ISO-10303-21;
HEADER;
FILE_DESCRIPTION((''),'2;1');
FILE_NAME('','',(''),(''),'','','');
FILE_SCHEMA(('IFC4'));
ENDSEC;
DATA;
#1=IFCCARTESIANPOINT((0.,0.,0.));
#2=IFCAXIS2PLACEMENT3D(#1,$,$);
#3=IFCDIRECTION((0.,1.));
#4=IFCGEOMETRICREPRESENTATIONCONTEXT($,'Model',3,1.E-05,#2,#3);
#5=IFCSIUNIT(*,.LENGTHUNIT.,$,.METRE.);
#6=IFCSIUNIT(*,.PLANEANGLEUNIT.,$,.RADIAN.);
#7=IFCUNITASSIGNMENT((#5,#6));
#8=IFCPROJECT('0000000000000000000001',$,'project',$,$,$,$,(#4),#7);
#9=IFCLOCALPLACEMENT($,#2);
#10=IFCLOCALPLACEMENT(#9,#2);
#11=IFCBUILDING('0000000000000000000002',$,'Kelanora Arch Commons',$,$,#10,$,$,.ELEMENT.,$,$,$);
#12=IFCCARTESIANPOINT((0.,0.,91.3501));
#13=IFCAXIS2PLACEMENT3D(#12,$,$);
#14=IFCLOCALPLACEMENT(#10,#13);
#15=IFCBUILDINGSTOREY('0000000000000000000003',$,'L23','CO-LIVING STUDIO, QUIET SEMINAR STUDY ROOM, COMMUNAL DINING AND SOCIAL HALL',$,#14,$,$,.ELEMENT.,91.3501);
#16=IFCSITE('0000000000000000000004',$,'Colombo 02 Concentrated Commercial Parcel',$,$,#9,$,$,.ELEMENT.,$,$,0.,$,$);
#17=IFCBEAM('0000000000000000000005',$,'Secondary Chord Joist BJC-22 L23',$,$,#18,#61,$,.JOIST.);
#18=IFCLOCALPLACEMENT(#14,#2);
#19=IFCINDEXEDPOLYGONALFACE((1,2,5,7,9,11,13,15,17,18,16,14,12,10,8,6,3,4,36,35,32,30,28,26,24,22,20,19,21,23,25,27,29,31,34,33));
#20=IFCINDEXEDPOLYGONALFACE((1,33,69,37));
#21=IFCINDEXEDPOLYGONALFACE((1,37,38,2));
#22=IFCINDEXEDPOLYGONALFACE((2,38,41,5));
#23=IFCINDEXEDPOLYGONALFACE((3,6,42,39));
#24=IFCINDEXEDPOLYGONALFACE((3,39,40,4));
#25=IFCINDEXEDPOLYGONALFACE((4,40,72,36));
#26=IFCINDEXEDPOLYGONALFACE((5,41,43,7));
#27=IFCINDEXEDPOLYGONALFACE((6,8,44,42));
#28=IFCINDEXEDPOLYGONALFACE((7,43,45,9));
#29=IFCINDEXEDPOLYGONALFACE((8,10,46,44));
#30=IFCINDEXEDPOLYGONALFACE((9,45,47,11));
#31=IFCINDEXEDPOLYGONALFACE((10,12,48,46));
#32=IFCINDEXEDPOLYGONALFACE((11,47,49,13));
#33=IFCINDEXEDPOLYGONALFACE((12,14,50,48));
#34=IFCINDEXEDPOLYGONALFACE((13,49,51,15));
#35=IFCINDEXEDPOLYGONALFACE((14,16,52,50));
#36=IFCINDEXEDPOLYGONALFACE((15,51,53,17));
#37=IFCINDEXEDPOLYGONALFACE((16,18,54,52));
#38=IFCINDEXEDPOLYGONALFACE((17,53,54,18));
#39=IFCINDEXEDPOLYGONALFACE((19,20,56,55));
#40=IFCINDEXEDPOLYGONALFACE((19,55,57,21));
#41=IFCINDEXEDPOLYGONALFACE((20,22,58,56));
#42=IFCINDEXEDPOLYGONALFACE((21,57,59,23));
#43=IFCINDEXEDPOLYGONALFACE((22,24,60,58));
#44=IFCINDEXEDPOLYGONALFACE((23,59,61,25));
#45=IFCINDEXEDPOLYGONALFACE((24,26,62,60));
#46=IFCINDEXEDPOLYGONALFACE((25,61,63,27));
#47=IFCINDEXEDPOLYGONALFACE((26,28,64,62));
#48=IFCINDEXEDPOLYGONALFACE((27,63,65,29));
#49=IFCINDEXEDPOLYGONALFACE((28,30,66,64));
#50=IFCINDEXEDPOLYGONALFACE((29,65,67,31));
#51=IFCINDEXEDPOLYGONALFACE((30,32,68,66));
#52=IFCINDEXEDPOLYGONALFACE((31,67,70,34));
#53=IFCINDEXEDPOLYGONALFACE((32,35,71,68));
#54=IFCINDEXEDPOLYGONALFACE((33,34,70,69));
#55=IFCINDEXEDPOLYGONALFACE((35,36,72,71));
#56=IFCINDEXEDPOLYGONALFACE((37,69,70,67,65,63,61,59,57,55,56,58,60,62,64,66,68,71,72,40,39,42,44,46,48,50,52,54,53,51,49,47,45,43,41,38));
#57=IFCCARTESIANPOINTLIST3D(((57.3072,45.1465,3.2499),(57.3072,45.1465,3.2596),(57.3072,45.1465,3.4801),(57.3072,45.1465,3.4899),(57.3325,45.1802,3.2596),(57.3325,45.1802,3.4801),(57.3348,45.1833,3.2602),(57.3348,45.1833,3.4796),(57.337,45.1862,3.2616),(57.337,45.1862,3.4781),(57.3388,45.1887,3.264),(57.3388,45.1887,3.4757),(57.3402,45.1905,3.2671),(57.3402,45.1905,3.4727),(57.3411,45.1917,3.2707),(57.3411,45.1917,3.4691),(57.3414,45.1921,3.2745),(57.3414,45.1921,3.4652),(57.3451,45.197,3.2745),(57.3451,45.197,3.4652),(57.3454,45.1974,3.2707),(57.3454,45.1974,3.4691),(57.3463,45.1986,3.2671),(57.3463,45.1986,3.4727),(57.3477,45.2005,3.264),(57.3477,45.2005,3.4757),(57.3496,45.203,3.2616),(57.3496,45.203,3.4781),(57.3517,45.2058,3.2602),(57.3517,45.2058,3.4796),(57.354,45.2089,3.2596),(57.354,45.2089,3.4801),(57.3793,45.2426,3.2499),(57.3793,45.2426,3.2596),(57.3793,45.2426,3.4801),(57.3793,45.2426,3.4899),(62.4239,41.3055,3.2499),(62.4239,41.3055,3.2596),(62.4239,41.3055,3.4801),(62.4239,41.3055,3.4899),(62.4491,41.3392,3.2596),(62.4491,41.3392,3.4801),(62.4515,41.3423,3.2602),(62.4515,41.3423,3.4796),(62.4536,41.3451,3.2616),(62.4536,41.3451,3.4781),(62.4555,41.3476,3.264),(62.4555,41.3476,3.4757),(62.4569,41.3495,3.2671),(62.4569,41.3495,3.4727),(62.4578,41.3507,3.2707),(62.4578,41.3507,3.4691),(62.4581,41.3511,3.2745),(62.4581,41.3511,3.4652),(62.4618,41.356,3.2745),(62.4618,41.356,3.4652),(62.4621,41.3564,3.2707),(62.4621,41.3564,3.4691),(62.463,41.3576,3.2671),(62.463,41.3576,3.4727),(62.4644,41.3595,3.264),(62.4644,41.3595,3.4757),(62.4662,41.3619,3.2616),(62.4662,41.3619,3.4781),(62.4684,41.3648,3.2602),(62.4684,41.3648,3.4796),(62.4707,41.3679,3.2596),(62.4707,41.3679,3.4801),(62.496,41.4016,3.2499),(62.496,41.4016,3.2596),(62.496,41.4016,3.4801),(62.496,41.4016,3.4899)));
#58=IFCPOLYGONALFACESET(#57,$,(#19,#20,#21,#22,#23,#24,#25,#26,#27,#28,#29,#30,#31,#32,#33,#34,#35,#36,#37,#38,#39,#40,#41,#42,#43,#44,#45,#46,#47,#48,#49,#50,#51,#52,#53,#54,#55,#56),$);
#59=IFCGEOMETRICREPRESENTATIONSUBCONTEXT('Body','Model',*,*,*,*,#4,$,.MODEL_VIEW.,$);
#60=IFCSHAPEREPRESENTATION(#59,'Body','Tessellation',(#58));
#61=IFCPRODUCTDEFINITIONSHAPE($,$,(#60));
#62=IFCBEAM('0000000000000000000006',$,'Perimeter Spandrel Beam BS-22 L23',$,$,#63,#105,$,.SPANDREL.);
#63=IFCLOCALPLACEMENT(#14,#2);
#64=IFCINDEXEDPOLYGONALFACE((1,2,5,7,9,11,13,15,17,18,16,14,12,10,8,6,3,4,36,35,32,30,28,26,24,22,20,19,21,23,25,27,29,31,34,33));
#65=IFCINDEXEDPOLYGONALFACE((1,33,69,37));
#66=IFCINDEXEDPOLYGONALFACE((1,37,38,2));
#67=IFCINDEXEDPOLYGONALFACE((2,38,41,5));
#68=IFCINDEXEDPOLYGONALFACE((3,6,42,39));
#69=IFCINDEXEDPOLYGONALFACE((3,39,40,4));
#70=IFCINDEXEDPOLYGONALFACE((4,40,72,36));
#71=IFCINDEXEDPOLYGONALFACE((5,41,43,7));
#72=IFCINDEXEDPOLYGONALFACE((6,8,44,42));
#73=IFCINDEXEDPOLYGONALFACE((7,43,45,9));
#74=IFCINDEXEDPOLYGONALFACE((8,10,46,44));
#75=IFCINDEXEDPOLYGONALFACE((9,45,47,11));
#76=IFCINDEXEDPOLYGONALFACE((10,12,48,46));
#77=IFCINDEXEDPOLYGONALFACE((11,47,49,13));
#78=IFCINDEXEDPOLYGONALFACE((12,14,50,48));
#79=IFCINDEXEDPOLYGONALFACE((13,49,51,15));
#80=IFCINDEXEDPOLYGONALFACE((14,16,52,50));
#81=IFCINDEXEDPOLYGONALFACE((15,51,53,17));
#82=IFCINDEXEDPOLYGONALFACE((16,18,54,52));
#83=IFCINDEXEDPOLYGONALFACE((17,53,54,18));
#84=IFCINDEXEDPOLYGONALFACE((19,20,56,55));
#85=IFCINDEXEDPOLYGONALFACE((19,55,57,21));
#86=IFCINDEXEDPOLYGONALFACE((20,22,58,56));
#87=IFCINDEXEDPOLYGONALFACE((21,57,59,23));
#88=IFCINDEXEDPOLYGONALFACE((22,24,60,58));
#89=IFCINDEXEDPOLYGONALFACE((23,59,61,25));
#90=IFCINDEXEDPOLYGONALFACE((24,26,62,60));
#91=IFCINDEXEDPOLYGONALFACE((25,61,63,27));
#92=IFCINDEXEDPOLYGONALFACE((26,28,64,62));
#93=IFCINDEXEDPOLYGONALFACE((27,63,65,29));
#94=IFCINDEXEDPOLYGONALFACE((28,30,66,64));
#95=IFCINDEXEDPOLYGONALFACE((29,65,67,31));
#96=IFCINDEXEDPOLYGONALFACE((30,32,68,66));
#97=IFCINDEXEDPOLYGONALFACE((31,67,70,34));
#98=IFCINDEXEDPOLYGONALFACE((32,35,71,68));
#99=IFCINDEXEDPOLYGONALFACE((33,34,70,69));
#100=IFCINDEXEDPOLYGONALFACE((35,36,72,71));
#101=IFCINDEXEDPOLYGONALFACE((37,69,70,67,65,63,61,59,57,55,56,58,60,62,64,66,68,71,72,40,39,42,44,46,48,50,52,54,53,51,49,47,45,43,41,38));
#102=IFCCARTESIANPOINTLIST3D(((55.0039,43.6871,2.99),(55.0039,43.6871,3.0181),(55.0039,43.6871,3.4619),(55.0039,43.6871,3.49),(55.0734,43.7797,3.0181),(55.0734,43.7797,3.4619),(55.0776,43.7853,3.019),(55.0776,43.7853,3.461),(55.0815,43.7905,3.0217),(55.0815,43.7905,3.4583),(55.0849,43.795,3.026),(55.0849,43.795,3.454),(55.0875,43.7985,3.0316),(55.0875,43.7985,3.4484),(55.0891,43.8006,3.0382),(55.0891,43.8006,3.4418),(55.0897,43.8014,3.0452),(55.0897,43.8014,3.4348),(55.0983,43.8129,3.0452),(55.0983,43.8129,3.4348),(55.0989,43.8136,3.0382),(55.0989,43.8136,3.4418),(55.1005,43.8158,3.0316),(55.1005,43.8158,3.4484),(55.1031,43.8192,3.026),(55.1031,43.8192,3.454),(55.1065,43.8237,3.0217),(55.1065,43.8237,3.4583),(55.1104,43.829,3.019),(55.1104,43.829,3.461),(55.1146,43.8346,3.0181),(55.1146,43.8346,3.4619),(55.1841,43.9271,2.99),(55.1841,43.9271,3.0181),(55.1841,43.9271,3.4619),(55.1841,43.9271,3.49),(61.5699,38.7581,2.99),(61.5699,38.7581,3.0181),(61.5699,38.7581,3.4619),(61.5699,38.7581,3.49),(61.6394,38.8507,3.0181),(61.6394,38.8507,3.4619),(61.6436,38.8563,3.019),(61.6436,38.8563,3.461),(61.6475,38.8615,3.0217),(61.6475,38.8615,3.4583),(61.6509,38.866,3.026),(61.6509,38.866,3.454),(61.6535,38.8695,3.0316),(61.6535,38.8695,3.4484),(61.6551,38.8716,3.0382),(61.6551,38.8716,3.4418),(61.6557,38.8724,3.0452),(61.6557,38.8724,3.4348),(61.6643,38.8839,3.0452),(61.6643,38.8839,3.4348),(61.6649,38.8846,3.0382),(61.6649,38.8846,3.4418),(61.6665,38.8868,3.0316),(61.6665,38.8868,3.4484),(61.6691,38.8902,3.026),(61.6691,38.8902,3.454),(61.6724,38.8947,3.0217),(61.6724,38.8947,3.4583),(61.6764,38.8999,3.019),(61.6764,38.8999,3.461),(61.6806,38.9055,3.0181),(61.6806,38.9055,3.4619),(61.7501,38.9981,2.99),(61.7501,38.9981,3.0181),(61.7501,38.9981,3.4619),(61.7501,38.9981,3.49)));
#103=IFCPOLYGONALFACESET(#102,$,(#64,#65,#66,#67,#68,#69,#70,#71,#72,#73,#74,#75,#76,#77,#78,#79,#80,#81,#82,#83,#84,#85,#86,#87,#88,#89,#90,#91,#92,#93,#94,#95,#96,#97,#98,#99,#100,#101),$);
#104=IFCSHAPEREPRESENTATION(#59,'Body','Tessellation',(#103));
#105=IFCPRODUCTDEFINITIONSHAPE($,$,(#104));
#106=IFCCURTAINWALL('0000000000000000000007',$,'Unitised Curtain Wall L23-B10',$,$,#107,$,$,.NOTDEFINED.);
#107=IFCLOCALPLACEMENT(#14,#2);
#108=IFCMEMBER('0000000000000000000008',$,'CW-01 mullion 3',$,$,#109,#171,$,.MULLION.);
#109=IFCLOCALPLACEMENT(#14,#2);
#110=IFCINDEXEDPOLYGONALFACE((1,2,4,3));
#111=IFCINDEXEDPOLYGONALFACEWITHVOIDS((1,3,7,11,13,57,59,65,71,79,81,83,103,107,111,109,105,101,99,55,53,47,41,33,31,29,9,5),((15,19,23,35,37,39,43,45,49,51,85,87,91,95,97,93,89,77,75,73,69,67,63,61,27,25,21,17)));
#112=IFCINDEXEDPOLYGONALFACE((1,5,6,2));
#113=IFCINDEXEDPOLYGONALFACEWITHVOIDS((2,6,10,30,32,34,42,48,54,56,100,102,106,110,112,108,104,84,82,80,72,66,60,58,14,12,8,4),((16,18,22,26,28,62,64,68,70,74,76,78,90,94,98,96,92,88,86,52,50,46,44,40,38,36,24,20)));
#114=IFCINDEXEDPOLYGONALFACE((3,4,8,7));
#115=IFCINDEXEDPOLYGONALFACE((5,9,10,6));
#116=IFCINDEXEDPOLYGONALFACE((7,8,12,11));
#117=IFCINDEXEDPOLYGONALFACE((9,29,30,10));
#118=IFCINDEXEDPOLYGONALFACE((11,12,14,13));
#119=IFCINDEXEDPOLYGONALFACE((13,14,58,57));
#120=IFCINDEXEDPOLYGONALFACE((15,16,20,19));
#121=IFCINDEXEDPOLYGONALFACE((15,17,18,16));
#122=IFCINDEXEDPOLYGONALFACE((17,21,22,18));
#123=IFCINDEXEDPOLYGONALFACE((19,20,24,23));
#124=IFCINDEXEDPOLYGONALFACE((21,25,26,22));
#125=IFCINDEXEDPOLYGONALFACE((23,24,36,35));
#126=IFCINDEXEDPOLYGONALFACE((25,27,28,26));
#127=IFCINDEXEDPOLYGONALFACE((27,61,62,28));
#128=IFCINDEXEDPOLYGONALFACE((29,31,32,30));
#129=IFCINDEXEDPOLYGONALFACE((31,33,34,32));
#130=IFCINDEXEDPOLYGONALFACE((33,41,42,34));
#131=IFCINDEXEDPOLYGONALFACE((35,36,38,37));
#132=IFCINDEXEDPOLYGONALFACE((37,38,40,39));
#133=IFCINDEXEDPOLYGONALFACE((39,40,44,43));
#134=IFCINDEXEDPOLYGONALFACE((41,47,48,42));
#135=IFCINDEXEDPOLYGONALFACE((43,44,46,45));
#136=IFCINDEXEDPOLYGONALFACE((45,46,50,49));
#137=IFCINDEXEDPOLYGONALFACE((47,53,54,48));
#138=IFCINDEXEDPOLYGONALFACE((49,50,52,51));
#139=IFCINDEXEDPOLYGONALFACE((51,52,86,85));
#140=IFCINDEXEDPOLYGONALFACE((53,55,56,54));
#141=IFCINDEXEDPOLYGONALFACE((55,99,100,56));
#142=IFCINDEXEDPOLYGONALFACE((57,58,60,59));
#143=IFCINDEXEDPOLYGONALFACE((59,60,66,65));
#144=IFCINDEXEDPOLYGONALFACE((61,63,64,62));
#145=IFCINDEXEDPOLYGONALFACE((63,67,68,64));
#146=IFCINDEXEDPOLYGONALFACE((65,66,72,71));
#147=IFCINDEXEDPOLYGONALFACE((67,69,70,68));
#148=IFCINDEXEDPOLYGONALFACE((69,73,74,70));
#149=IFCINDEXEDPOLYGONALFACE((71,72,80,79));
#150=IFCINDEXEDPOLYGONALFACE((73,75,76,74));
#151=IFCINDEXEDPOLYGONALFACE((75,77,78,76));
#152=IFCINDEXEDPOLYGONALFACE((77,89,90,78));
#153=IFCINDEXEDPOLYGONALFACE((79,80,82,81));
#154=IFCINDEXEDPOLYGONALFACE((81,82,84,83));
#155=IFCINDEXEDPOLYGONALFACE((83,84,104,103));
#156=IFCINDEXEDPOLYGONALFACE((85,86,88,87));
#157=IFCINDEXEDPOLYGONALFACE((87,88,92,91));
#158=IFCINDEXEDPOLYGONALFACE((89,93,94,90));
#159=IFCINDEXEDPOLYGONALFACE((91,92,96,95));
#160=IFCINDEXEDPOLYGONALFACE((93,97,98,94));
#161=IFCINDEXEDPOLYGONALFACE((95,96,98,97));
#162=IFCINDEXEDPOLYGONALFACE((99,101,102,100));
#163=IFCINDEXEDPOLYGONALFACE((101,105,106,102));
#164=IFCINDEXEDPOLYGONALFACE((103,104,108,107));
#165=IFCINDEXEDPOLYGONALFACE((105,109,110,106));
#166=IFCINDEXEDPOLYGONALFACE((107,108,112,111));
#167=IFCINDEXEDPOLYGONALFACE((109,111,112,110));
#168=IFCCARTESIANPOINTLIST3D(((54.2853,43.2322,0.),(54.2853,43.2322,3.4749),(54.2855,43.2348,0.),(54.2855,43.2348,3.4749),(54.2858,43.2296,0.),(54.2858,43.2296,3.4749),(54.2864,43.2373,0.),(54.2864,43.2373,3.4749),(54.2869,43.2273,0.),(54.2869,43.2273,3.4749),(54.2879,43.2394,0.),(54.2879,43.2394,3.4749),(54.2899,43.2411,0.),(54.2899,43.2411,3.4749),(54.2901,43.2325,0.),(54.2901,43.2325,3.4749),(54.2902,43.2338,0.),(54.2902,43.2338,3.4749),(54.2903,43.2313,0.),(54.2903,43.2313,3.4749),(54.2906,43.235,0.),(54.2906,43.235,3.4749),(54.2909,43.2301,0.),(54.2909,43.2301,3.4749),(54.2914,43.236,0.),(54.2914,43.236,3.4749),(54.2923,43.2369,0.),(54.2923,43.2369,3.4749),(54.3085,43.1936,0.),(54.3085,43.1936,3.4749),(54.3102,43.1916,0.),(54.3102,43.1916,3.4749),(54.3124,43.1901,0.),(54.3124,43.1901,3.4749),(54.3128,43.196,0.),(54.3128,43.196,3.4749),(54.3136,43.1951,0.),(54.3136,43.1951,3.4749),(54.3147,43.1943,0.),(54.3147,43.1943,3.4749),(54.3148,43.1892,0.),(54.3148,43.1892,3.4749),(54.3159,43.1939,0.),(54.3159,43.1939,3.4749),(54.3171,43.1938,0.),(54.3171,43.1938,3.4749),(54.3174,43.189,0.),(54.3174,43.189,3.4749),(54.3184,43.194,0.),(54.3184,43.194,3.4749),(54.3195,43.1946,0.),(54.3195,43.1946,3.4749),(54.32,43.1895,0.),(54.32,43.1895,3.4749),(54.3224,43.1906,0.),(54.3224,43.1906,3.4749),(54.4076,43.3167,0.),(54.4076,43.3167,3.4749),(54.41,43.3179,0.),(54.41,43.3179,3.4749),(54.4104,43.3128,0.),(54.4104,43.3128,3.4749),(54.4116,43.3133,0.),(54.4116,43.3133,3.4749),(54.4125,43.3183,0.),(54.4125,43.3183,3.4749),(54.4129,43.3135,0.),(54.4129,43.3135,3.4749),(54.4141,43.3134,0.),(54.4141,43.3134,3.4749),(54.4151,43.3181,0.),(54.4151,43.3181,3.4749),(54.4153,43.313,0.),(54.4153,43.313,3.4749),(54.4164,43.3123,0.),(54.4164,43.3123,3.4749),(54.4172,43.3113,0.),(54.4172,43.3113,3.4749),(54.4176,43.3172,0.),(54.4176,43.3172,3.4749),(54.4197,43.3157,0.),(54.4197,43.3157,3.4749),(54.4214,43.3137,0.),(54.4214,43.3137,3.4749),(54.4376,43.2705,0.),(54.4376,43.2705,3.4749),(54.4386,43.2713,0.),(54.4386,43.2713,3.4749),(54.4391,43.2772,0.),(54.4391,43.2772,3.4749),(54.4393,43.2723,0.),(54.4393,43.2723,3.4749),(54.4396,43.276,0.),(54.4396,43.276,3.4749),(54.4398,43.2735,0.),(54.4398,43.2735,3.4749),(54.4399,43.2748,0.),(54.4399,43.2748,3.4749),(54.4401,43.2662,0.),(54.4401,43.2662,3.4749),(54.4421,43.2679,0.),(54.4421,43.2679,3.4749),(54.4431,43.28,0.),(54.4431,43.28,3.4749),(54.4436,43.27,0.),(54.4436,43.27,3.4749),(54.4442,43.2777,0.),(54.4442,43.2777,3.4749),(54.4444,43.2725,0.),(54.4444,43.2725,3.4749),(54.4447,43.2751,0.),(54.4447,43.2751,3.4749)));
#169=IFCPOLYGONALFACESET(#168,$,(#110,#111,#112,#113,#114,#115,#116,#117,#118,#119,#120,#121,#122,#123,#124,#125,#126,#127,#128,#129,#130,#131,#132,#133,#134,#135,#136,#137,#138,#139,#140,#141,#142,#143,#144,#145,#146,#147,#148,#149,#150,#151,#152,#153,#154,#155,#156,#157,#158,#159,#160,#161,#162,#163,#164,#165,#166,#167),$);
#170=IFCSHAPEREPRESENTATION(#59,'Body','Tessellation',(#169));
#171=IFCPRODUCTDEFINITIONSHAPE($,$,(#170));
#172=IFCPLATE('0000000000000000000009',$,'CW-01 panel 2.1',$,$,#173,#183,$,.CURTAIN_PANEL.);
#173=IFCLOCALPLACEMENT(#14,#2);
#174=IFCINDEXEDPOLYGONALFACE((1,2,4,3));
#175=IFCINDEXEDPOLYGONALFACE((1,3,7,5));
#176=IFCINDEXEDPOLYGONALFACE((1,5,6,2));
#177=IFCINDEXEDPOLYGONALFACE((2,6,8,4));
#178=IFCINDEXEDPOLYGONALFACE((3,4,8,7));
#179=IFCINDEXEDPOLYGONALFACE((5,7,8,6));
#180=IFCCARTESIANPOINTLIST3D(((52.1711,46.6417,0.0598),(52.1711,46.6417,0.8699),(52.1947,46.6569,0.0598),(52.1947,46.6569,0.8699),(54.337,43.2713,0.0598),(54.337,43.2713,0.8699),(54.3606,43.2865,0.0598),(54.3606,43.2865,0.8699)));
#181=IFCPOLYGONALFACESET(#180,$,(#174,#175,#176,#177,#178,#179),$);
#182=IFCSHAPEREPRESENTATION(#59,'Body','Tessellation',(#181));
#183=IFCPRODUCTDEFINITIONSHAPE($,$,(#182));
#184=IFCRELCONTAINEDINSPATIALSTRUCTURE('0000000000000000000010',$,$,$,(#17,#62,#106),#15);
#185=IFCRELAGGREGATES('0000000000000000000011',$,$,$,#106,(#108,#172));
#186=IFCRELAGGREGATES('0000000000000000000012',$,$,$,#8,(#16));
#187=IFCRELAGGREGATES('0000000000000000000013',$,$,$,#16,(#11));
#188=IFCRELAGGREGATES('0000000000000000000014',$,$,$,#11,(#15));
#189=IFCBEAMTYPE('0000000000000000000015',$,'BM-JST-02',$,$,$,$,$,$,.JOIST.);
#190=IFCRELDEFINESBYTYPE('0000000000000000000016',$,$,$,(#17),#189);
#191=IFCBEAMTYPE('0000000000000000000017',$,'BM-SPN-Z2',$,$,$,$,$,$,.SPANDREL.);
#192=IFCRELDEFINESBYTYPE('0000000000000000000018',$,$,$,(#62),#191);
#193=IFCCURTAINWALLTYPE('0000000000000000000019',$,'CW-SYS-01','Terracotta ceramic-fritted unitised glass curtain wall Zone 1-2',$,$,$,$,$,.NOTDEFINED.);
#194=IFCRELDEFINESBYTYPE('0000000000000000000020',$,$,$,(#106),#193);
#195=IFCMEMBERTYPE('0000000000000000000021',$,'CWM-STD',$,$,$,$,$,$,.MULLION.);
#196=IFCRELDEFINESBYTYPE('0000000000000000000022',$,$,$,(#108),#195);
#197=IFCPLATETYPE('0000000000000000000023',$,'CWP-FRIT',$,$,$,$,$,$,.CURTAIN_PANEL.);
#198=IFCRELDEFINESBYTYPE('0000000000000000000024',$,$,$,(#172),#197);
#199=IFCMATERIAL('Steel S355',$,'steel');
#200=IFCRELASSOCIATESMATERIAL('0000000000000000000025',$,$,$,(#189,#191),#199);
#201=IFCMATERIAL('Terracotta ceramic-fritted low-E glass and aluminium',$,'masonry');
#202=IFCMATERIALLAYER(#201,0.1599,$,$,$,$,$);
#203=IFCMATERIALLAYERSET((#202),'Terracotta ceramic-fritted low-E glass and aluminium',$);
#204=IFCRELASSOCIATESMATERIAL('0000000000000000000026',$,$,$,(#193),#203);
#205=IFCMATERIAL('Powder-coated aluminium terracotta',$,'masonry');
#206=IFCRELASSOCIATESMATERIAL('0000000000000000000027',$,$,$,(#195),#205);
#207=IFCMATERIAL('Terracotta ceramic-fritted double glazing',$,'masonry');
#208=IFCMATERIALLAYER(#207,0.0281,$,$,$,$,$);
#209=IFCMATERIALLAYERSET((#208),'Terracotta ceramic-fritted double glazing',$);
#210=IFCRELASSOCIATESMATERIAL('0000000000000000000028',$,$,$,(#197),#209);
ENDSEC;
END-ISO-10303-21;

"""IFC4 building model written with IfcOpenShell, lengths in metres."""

from ifc_helpers import new_model, si_unit, direction, frame, origin, origin_2d, place, context, subcontext, project, spatial, rectangle, hollow_rectangle, i_section, extrude, source, transform, mapped, material, layer, layer_set, material_profile, profile_set, type_object, element, aggregate, save


model = new_model("IFC4")

# Units and contexts
model_context = context("Model", 3, precision=1e-05, world=origin(), true_north=direction((0.0, 1.0)))
body_context = subcontext(model_context, "Body", "Model", "MODEL_VIEW")
ifc_project = project(units=[si_unit("LENGTHUNIT", "METRE"), si_unit("PLANEANGLEUNIT", "RADIAN")], contexts=[model_context])

# Site, building, storey
site_placement = place(None, origin())
site = spatial("IfcSite", under=ifc_project, at=site_placement, Name="Colombo 02 Concentrated Commercial Parcel", CompositionType="ELEMENT", RefElevation=0.0)
building_placement = place(site_placement, origin())
building = spatial("IfcBuilding", under=site, at=building_placement, Name="Kelanora Arch Commons", CompositionType="ELEMENT")
storey_placement = place(building_placement, frame((0.0, 0.0, 91.3501)))
storey = spatial("IfcBuildingStorey", under=building, at=storey_placement, Name="L23", Description="CO-LIVING STUDIO, QUIET SEMINAR STUDY ROOM, COMMUNAL DINING AND SOCIAL HALL", CompositionType="ELEMENT", Elevation=91.3501)

# Beams
ifc_material_1 = material(Name="Steel S355", Category="steel")
ifc_material_profile_1 = material_profile(ifc_material_1, i_section(OverallWidth=0.1201, OverallDepth=0.24, WebThickness=0.0061, FlangeThickness=0.0098, FilletRadius=0.0149, at=origin_2d()), Name="IPE240")
ifc_profile_set_1 = profile_set([ifc_material_profile_1], Name="Steel S355")
beam_type_1 = type_object("IfcBeamType", Name="BM-JST-02", PredefinedType="JOIST", material=ifc_profile_set_1)
beam_1_placement = place(storey_placement, frame((57.3433, 45.1946, 3.3699), z_axis=(0.799734, -0.600354, 0.0), x_axis=(0.600354, 0.799734, 0.0)))
element("IfcBeam", 1, at=beam_1_placement, inside=storey, type_object=beam_type_1, Name="Secondary Chord Joist BJC-22 L23", PredefinedType="JOIST", context=body_context, shape_type="SweptSolid", body=[
    extrude(i_section(OverallWidth=0.1201, OverallDepth=0.24, WebThickness=0.0061, FlangeThickness=0.0098, FilletRadius=0.0149, at=origin_2d()), origin(), (0.0, 0.0, 1.0), 6.3979),
])
ifc_material_profile_2 = material_profile(ifc_material_1, i_section(OverallWidth=0.3, OverallDepth=0.5, WebThickness=0.0144, FlangeThickness=0.0281, FilletRadius=0.0271, at=origin_2d()), Name="HEB500")
ifc_profile_set_2 = profile_set([ifc_material_profile_2], Name="Steel S355")
beam_type_2 = type_object("IfcBeamType", Name="BM-SPN-Z2", PredefinedType="SPANDREL", material=ifc_profile_set_2)
beam_2_placement = place(storey_placement, frame((55.094, 43.8071, 3.24), z_axis=(0.799736, -0.600352, 0.0), x_axis=(0.600352, 0.799736, 0.0)))
element("IfcBeam", 2, at=beam_2_placement, inside=storey, type_object=beam_type_2, Name="Perimeter Spandrel Beam BS-22 L23", PredefinedType="SPANDREL", context=body_context, shape_type="SweptSolid", body=[
    extrude(i_section(OverallWidth=0.3, OverallDepth=0.5, WebThickness=0.0144, FlangeThickness=0.0281, FilletRadius=0.0271, at=origin_2d()), origin(), (0.0, 0.0, 1.0), 8.2102),
])

# Curtain wall, member, plate
ifc_material_2 = material(Name="Terracotta ceramic-fritted low-E glass and aluminium", Category="masonry")
ifc_layer_1 = layer(ifc_material_2, 0.1599)
ifc_layer_set_1 = layer_set([ifc_layer_1], Name="Terracotta ceramic-fritted low-E glass and aluminium")
curtain_wall_type = type_object("IfcCurtainWallType", Name="CW-SYS-01", Description="Terracotta ceramic-fritted unitised glass curtain wall Zone 1-2", PredefinedType="NOTDEFINED", material=ifc_layer_set_1)
curtain_wall_placement = place(storey_placement, origin())
curtain_wall = element("IfcCurtainWall", 3, at=curtain_wall_placement, inside=storey, type_object=curtain_wall_type, Name="Unitised Curtain Wall L23-B10", PredefinedType="NOTDEFINED")
ifc_material_3 = material(Name="Powder-coated aluminium terracotta", Category="masonry")
ifc_material_profile_3 = material_profile(ifc_material_3, hollow_rectangle(XDim=0.1599, YDim=0.0601, WallThickness=0.0049, InnerFilletRadius=0.0049, OuterFilletRadius=0.01, at=origin_2d()), Name="CWM160x60")
ifc_profile_set_3 = profile_set([ifc_material_profile_3], Name="Powder-coated aluminium terracotta")
member_type = type_object("IfcMemberType", Name="CWM-STD", PredefinedType="MULLION", material=ifc_profile_set_3)
member_placement = place(storey_placement, frame((54.365, 43.2537, 0.0), z_axis=(0.0, 0.0, 1.0), x_axis=(0.841269, 0.540617, 0.0)))
member = element("IfcMember", 4, at=member_placement, type_object=member_type, Name="CW-01 mullion 3", PredefinedType="MULLION", context=body_context, shape_type="SweptSolid", body=[
    extrude(hollow_rectangle(XDim=0.1599, YDim=0.0601, WallThickness=0.0049, InnerFilletRadius=0.0049, OuterFilletRadius=0.01, at=origin_2d()), origin(), (0.0, 0.0, 1.0), 3.4749),
])
ifc_material_4 = material(Name="Terracotta ceramic-fritted double glazing", Category="masonry")
ifc_layer_2 = layer(ifc_material_4, 0.0281)
ifc_layer_set_2 = layer_set([ifc_layer_2], Name="Terracotta ceramic-fritted double glazing")
plate_type = type_object("IfcPlateType", Name="CWP-FRIT", PredefinedType="CURTAIN_PANEL", material=ifc_layer_set_2)
shared_shape_1 = source(origin(), body_context, "Body", "SweptSolid", [
    extrude(rectangle(XDim=4.0063, YDim=0.0281, at=origin_2d()), origin(), (0.0, 0.0, 1.0), 0.8101),
])
plate_1_placement = place(storey_placement, frame((53.2659, 44.9641, 0.0598), z_axis=(0.0, 0.0, 1.0), x_axis=(0.540617, -0.841269, 0.0)))
plate_1 = element("IfcPlate", 5, at=plate_1_placement, type_object=plate_type, Name="CW-01 panel 2.1", PredefinedType="CURTAIN_PANEL", context=body_context, shape_type="MappedRepresentation", body=[
    mapped(shared_shape_1, transform((0.0, 0.0, 0.0), scale=1.0)),
])
aggregate(curtain_wall, [member, plate_1])

save(model, "model.ifc")
